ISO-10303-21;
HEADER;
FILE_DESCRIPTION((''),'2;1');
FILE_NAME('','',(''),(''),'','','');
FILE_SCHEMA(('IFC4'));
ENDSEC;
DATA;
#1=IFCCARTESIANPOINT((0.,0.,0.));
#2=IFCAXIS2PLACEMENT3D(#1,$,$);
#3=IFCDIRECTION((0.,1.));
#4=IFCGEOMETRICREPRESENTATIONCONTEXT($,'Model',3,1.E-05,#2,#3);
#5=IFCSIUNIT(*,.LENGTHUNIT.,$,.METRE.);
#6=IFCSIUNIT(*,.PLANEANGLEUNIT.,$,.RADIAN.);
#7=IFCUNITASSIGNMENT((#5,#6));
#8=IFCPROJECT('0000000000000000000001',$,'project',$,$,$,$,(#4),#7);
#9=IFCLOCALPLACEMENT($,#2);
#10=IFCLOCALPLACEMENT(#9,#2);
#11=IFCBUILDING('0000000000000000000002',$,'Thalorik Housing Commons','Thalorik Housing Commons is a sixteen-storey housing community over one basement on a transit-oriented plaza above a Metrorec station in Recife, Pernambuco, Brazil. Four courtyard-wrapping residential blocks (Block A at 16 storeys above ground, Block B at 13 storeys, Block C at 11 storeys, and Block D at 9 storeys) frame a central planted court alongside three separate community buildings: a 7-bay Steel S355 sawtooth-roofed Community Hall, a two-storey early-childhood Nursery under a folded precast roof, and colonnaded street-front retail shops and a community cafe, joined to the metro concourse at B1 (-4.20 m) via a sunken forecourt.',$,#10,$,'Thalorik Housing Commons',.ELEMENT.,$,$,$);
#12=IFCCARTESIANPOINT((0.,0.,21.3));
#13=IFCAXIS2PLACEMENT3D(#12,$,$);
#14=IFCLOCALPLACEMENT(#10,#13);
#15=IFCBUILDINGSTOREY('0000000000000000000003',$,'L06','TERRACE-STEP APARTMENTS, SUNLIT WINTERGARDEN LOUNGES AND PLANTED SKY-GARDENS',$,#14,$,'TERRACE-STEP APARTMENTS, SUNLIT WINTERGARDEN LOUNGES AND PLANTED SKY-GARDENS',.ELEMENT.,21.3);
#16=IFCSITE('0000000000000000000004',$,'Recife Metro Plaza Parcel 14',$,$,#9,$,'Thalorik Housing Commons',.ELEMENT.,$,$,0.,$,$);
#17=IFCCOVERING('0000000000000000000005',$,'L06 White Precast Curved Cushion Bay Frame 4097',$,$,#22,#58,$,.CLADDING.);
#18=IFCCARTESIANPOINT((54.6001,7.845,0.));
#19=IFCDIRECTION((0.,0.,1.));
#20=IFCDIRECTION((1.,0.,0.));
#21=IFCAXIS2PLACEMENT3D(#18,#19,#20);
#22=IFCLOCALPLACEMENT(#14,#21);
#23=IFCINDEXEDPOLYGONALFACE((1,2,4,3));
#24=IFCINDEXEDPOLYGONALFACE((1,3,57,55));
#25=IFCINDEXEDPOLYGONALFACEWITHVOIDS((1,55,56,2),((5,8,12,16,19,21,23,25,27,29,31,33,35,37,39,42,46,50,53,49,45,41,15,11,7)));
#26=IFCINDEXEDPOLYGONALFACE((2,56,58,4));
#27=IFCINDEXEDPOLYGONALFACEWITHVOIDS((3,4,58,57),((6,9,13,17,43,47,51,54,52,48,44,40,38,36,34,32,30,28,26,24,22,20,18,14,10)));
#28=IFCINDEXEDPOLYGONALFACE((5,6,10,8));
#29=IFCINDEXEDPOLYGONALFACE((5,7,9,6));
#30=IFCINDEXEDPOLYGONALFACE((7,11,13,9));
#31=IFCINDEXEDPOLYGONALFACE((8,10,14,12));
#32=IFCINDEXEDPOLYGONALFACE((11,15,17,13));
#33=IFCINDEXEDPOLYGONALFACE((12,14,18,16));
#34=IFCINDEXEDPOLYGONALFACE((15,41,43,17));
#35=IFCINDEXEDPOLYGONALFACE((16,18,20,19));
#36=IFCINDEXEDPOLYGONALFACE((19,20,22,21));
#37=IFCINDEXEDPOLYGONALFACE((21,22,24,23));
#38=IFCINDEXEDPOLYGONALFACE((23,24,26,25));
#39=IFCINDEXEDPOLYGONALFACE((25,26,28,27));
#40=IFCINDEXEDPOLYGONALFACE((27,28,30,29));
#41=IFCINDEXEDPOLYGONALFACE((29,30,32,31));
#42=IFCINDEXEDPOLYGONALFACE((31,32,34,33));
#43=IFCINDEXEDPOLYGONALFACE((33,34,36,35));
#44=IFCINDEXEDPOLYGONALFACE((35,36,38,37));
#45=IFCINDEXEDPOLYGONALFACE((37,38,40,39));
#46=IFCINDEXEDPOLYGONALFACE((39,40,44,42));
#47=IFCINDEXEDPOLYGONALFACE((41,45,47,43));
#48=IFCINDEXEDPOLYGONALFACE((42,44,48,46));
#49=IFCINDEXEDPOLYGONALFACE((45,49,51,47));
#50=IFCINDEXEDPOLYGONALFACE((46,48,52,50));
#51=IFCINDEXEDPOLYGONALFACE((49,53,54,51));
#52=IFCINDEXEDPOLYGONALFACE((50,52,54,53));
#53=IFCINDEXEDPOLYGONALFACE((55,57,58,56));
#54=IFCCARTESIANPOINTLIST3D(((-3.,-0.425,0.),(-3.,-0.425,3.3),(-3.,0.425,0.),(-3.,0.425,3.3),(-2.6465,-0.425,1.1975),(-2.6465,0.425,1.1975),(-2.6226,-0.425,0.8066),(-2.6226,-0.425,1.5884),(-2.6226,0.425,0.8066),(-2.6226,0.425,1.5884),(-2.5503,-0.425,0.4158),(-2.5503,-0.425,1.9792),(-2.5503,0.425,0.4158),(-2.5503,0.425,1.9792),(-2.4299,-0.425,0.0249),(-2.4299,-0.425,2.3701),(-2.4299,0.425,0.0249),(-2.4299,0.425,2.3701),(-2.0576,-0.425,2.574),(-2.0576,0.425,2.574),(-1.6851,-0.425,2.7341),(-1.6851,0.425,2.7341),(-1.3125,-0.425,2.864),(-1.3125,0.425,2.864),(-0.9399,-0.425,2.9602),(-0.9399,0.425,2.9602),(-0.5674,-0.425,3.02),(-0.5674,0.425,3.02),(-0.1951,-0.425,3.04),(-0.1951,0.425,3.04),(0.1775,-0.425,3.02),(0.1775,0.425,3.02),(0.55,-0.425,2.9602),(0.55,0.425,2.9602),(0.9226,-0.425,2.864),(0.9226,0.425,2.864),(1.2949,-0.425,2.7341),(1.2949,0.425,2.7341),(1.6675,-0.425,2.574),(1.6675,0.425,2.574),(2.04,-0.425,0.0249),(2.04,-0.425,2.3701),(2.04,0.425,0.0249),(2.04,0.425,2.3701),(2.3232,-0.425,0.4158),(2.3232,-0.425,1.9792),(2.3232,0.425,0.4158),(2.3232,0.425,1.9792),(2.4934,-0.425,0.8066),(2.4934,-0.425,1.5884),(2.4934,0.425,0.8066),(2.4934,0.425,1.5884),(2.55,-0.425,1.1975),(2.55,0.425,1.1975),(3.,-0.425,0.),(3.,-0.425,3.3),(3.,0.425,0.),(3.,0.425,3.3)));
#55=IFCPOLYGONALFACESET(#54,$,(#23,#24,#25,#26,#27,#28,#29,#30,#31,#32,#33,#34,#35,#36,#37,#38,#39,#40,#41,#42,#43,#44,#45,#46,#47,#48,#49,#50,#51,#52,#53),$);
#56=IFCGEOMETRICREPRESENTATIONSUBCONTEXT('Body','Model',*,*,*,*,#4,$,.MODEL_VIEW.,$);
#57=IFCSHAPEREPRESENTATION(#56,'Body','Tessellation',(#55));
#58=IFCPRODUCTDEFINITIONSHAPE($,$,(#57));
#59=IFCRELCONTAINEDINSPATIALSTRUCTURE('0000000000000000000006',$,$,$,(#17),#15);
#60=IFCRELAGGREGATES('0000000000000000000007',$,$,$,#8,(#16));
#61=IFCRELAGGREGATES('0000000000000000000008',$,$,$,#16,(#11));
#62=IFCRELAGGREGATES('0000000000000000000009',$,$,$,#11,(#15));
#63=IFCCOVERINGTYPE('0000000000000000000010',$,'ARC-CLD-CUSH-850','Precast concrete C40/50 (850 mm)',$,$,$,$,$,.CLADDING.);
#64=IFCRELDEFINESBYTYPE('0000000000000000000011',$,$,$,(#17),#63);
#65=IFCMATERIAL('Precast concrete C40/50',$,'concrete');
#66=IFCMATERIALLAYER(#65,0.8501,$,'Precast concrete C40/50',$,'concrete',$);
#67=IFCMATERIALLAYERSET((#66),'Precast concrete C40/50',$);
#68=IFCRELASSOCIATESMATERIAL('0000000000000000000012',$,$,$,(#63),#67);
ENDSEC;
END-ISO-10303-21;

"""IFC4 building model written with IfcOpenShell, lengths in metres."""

from ifc_helpers import new_model, si_unit, direction, frame, origin, place, context, subcontext, project, spatial, polyline, outline, extrude, material, layer, layer_set, type_object, element, save


model = new_model("IFC4")

# Units and contexts
model_context = context("Model", 3, precision=1e-05, world=origin(), true_north=direction((0.0, 1.0)))
body_context = subcontext(model_context, "Body", "Model", "MODEL_VIEW")
ifc_project = project(units=[si_unit("LENGTHUNIT", "METRE"), si_unit("PLANEANGLEUNIT", "RADIAN")], contexts=[model_context])

# Site, building, storey
site_placement = place(None, origin())
site = spatial("IfcSite", under=ifc_project, at=site_placement, Name="Recife Metro Plaza Parcel 14", LongName="Thalorik Housing Commons", CompositionType="ELEMENT", RefElevation=0.0)
building_placement = place(site_placement, origin())
building = spatial("IfcBuilding", under=site, at=building_placement, Name="Thalorik Housing Commons", Description="Thalorik Housing Commons is a sixteen-storey housing community over one basement on a transit-oriented plaza above a Metrorec station in Recife, Pernambuco, Brazil. Four courtyard-wrapping residential blocks (Block A at 16 storeys above ground, Block B at 13 storeys, Block C at 11 storeys, and Block D at 9 storeys) frame a central planted court alongside three separate community buildings: a 7-bay Steel S355 sawtooth-roofed Community Hall, a two-storey early-childhood Nursery under a folded precast roof, and colonnaded street-front retail shops and a community cafe, joined to the metro concourse at B1 (-4.20 m) via a sunken forecourt.", LongName="Thalorik Housing Commons", CompositionType="ELEMENT")
storey_placement = place(building_placement, frame((0.0, 0.0, 21.3)))
storey = spatial("IfcBuildingStorey", under=building, at=storey_placement, Name="L06", Description="TERRACE-STEP APARTMENTS, SUNLIT WINTERGARDEN LOUNGES AND PLANTED SKY-GARDENS", LongName="TERRACE-STEP APARTMENTS, SUNLIT WINTERGARDEN LOUNGES AND PLANTED SKY-GARDENS", CompositionType="ELEMENT", Elevation=21.3)

# Shared definitions
ifc_material_1 = material(Name="Precast concrete C40/50", Category="concrete")

# Covering
ifc_layer_1 = layer(ifc_material_1, 0.8501, Name="Precast concrete C40/50", Category="concrete")
ifc_layer_set_1 = layer_set([ifc_layer_1], Name="Precast concrete C40/50")
covering_type_1 = type_object("IfcCoveringType", Name="ARC-CLD-CUSH-850", Description="Precast concrete C40/50 (850 mm)", PredefinedType="CLADDING", material=ifc_layer_set_1)
covering_1_placement = place(storey_placement, frame((54.6001, 7.845, 0.0), z_axis=(0.0, 0.0, 1.0), x_axis=(1.0, 0.0, 0.0)))
element("IfcCovering", 1, at=covering_1_placement, inside=storey, type_object=covering_type_1, Name="L06 White Precast Curved Cushion Bay Frame 4097", PredefinedType="CLADDING", context=body_context, shape_type="SweptSolid", body=[
    extrude(outline(polyline([(-3.0, 0.0), (3.0, 0.0), (3.0, 3.3), (-3.0, 3.3), (-3.0, 0.0)]), holes=[polyline([(2.04, 0.0249), (2.3232, 0.4158), (2.4934, 0.8066), (2.55, 1.1975), (2.4934, 1.5884), (2.3232, 1.9792), (2.04, 2.3701), (1.6675, 2.574), (1.2949, 2.7341), (0.9226, 2.864), (0.55, 2.9602), (0.1775, 3.02), (-0.1951, 3.04), (-0.5674, 3.02), (-0.9399, 2.9602), (-1.3125, 2.864), (-1.6851, 2.7341), (-2.0576, 2.574), (-2.4299, 2.3701), (-2.5503, 1.9792), (-2.6226, 1.5884), (-2.6465, 1.1975), (-2.6226, 0.8066), (-2.5503, 0.4158), (-2.4299, 0.0249), (2.04, 0.0249)])]), frame((0.0, 0.425, 0.0), z_axis=(0.0, -1.0, 0.0), x_axis=(1.0, 0.0, 0.0)), (0.0, 0.0, 1.0), 0.8501),
])

save(model, "model.ifc")
